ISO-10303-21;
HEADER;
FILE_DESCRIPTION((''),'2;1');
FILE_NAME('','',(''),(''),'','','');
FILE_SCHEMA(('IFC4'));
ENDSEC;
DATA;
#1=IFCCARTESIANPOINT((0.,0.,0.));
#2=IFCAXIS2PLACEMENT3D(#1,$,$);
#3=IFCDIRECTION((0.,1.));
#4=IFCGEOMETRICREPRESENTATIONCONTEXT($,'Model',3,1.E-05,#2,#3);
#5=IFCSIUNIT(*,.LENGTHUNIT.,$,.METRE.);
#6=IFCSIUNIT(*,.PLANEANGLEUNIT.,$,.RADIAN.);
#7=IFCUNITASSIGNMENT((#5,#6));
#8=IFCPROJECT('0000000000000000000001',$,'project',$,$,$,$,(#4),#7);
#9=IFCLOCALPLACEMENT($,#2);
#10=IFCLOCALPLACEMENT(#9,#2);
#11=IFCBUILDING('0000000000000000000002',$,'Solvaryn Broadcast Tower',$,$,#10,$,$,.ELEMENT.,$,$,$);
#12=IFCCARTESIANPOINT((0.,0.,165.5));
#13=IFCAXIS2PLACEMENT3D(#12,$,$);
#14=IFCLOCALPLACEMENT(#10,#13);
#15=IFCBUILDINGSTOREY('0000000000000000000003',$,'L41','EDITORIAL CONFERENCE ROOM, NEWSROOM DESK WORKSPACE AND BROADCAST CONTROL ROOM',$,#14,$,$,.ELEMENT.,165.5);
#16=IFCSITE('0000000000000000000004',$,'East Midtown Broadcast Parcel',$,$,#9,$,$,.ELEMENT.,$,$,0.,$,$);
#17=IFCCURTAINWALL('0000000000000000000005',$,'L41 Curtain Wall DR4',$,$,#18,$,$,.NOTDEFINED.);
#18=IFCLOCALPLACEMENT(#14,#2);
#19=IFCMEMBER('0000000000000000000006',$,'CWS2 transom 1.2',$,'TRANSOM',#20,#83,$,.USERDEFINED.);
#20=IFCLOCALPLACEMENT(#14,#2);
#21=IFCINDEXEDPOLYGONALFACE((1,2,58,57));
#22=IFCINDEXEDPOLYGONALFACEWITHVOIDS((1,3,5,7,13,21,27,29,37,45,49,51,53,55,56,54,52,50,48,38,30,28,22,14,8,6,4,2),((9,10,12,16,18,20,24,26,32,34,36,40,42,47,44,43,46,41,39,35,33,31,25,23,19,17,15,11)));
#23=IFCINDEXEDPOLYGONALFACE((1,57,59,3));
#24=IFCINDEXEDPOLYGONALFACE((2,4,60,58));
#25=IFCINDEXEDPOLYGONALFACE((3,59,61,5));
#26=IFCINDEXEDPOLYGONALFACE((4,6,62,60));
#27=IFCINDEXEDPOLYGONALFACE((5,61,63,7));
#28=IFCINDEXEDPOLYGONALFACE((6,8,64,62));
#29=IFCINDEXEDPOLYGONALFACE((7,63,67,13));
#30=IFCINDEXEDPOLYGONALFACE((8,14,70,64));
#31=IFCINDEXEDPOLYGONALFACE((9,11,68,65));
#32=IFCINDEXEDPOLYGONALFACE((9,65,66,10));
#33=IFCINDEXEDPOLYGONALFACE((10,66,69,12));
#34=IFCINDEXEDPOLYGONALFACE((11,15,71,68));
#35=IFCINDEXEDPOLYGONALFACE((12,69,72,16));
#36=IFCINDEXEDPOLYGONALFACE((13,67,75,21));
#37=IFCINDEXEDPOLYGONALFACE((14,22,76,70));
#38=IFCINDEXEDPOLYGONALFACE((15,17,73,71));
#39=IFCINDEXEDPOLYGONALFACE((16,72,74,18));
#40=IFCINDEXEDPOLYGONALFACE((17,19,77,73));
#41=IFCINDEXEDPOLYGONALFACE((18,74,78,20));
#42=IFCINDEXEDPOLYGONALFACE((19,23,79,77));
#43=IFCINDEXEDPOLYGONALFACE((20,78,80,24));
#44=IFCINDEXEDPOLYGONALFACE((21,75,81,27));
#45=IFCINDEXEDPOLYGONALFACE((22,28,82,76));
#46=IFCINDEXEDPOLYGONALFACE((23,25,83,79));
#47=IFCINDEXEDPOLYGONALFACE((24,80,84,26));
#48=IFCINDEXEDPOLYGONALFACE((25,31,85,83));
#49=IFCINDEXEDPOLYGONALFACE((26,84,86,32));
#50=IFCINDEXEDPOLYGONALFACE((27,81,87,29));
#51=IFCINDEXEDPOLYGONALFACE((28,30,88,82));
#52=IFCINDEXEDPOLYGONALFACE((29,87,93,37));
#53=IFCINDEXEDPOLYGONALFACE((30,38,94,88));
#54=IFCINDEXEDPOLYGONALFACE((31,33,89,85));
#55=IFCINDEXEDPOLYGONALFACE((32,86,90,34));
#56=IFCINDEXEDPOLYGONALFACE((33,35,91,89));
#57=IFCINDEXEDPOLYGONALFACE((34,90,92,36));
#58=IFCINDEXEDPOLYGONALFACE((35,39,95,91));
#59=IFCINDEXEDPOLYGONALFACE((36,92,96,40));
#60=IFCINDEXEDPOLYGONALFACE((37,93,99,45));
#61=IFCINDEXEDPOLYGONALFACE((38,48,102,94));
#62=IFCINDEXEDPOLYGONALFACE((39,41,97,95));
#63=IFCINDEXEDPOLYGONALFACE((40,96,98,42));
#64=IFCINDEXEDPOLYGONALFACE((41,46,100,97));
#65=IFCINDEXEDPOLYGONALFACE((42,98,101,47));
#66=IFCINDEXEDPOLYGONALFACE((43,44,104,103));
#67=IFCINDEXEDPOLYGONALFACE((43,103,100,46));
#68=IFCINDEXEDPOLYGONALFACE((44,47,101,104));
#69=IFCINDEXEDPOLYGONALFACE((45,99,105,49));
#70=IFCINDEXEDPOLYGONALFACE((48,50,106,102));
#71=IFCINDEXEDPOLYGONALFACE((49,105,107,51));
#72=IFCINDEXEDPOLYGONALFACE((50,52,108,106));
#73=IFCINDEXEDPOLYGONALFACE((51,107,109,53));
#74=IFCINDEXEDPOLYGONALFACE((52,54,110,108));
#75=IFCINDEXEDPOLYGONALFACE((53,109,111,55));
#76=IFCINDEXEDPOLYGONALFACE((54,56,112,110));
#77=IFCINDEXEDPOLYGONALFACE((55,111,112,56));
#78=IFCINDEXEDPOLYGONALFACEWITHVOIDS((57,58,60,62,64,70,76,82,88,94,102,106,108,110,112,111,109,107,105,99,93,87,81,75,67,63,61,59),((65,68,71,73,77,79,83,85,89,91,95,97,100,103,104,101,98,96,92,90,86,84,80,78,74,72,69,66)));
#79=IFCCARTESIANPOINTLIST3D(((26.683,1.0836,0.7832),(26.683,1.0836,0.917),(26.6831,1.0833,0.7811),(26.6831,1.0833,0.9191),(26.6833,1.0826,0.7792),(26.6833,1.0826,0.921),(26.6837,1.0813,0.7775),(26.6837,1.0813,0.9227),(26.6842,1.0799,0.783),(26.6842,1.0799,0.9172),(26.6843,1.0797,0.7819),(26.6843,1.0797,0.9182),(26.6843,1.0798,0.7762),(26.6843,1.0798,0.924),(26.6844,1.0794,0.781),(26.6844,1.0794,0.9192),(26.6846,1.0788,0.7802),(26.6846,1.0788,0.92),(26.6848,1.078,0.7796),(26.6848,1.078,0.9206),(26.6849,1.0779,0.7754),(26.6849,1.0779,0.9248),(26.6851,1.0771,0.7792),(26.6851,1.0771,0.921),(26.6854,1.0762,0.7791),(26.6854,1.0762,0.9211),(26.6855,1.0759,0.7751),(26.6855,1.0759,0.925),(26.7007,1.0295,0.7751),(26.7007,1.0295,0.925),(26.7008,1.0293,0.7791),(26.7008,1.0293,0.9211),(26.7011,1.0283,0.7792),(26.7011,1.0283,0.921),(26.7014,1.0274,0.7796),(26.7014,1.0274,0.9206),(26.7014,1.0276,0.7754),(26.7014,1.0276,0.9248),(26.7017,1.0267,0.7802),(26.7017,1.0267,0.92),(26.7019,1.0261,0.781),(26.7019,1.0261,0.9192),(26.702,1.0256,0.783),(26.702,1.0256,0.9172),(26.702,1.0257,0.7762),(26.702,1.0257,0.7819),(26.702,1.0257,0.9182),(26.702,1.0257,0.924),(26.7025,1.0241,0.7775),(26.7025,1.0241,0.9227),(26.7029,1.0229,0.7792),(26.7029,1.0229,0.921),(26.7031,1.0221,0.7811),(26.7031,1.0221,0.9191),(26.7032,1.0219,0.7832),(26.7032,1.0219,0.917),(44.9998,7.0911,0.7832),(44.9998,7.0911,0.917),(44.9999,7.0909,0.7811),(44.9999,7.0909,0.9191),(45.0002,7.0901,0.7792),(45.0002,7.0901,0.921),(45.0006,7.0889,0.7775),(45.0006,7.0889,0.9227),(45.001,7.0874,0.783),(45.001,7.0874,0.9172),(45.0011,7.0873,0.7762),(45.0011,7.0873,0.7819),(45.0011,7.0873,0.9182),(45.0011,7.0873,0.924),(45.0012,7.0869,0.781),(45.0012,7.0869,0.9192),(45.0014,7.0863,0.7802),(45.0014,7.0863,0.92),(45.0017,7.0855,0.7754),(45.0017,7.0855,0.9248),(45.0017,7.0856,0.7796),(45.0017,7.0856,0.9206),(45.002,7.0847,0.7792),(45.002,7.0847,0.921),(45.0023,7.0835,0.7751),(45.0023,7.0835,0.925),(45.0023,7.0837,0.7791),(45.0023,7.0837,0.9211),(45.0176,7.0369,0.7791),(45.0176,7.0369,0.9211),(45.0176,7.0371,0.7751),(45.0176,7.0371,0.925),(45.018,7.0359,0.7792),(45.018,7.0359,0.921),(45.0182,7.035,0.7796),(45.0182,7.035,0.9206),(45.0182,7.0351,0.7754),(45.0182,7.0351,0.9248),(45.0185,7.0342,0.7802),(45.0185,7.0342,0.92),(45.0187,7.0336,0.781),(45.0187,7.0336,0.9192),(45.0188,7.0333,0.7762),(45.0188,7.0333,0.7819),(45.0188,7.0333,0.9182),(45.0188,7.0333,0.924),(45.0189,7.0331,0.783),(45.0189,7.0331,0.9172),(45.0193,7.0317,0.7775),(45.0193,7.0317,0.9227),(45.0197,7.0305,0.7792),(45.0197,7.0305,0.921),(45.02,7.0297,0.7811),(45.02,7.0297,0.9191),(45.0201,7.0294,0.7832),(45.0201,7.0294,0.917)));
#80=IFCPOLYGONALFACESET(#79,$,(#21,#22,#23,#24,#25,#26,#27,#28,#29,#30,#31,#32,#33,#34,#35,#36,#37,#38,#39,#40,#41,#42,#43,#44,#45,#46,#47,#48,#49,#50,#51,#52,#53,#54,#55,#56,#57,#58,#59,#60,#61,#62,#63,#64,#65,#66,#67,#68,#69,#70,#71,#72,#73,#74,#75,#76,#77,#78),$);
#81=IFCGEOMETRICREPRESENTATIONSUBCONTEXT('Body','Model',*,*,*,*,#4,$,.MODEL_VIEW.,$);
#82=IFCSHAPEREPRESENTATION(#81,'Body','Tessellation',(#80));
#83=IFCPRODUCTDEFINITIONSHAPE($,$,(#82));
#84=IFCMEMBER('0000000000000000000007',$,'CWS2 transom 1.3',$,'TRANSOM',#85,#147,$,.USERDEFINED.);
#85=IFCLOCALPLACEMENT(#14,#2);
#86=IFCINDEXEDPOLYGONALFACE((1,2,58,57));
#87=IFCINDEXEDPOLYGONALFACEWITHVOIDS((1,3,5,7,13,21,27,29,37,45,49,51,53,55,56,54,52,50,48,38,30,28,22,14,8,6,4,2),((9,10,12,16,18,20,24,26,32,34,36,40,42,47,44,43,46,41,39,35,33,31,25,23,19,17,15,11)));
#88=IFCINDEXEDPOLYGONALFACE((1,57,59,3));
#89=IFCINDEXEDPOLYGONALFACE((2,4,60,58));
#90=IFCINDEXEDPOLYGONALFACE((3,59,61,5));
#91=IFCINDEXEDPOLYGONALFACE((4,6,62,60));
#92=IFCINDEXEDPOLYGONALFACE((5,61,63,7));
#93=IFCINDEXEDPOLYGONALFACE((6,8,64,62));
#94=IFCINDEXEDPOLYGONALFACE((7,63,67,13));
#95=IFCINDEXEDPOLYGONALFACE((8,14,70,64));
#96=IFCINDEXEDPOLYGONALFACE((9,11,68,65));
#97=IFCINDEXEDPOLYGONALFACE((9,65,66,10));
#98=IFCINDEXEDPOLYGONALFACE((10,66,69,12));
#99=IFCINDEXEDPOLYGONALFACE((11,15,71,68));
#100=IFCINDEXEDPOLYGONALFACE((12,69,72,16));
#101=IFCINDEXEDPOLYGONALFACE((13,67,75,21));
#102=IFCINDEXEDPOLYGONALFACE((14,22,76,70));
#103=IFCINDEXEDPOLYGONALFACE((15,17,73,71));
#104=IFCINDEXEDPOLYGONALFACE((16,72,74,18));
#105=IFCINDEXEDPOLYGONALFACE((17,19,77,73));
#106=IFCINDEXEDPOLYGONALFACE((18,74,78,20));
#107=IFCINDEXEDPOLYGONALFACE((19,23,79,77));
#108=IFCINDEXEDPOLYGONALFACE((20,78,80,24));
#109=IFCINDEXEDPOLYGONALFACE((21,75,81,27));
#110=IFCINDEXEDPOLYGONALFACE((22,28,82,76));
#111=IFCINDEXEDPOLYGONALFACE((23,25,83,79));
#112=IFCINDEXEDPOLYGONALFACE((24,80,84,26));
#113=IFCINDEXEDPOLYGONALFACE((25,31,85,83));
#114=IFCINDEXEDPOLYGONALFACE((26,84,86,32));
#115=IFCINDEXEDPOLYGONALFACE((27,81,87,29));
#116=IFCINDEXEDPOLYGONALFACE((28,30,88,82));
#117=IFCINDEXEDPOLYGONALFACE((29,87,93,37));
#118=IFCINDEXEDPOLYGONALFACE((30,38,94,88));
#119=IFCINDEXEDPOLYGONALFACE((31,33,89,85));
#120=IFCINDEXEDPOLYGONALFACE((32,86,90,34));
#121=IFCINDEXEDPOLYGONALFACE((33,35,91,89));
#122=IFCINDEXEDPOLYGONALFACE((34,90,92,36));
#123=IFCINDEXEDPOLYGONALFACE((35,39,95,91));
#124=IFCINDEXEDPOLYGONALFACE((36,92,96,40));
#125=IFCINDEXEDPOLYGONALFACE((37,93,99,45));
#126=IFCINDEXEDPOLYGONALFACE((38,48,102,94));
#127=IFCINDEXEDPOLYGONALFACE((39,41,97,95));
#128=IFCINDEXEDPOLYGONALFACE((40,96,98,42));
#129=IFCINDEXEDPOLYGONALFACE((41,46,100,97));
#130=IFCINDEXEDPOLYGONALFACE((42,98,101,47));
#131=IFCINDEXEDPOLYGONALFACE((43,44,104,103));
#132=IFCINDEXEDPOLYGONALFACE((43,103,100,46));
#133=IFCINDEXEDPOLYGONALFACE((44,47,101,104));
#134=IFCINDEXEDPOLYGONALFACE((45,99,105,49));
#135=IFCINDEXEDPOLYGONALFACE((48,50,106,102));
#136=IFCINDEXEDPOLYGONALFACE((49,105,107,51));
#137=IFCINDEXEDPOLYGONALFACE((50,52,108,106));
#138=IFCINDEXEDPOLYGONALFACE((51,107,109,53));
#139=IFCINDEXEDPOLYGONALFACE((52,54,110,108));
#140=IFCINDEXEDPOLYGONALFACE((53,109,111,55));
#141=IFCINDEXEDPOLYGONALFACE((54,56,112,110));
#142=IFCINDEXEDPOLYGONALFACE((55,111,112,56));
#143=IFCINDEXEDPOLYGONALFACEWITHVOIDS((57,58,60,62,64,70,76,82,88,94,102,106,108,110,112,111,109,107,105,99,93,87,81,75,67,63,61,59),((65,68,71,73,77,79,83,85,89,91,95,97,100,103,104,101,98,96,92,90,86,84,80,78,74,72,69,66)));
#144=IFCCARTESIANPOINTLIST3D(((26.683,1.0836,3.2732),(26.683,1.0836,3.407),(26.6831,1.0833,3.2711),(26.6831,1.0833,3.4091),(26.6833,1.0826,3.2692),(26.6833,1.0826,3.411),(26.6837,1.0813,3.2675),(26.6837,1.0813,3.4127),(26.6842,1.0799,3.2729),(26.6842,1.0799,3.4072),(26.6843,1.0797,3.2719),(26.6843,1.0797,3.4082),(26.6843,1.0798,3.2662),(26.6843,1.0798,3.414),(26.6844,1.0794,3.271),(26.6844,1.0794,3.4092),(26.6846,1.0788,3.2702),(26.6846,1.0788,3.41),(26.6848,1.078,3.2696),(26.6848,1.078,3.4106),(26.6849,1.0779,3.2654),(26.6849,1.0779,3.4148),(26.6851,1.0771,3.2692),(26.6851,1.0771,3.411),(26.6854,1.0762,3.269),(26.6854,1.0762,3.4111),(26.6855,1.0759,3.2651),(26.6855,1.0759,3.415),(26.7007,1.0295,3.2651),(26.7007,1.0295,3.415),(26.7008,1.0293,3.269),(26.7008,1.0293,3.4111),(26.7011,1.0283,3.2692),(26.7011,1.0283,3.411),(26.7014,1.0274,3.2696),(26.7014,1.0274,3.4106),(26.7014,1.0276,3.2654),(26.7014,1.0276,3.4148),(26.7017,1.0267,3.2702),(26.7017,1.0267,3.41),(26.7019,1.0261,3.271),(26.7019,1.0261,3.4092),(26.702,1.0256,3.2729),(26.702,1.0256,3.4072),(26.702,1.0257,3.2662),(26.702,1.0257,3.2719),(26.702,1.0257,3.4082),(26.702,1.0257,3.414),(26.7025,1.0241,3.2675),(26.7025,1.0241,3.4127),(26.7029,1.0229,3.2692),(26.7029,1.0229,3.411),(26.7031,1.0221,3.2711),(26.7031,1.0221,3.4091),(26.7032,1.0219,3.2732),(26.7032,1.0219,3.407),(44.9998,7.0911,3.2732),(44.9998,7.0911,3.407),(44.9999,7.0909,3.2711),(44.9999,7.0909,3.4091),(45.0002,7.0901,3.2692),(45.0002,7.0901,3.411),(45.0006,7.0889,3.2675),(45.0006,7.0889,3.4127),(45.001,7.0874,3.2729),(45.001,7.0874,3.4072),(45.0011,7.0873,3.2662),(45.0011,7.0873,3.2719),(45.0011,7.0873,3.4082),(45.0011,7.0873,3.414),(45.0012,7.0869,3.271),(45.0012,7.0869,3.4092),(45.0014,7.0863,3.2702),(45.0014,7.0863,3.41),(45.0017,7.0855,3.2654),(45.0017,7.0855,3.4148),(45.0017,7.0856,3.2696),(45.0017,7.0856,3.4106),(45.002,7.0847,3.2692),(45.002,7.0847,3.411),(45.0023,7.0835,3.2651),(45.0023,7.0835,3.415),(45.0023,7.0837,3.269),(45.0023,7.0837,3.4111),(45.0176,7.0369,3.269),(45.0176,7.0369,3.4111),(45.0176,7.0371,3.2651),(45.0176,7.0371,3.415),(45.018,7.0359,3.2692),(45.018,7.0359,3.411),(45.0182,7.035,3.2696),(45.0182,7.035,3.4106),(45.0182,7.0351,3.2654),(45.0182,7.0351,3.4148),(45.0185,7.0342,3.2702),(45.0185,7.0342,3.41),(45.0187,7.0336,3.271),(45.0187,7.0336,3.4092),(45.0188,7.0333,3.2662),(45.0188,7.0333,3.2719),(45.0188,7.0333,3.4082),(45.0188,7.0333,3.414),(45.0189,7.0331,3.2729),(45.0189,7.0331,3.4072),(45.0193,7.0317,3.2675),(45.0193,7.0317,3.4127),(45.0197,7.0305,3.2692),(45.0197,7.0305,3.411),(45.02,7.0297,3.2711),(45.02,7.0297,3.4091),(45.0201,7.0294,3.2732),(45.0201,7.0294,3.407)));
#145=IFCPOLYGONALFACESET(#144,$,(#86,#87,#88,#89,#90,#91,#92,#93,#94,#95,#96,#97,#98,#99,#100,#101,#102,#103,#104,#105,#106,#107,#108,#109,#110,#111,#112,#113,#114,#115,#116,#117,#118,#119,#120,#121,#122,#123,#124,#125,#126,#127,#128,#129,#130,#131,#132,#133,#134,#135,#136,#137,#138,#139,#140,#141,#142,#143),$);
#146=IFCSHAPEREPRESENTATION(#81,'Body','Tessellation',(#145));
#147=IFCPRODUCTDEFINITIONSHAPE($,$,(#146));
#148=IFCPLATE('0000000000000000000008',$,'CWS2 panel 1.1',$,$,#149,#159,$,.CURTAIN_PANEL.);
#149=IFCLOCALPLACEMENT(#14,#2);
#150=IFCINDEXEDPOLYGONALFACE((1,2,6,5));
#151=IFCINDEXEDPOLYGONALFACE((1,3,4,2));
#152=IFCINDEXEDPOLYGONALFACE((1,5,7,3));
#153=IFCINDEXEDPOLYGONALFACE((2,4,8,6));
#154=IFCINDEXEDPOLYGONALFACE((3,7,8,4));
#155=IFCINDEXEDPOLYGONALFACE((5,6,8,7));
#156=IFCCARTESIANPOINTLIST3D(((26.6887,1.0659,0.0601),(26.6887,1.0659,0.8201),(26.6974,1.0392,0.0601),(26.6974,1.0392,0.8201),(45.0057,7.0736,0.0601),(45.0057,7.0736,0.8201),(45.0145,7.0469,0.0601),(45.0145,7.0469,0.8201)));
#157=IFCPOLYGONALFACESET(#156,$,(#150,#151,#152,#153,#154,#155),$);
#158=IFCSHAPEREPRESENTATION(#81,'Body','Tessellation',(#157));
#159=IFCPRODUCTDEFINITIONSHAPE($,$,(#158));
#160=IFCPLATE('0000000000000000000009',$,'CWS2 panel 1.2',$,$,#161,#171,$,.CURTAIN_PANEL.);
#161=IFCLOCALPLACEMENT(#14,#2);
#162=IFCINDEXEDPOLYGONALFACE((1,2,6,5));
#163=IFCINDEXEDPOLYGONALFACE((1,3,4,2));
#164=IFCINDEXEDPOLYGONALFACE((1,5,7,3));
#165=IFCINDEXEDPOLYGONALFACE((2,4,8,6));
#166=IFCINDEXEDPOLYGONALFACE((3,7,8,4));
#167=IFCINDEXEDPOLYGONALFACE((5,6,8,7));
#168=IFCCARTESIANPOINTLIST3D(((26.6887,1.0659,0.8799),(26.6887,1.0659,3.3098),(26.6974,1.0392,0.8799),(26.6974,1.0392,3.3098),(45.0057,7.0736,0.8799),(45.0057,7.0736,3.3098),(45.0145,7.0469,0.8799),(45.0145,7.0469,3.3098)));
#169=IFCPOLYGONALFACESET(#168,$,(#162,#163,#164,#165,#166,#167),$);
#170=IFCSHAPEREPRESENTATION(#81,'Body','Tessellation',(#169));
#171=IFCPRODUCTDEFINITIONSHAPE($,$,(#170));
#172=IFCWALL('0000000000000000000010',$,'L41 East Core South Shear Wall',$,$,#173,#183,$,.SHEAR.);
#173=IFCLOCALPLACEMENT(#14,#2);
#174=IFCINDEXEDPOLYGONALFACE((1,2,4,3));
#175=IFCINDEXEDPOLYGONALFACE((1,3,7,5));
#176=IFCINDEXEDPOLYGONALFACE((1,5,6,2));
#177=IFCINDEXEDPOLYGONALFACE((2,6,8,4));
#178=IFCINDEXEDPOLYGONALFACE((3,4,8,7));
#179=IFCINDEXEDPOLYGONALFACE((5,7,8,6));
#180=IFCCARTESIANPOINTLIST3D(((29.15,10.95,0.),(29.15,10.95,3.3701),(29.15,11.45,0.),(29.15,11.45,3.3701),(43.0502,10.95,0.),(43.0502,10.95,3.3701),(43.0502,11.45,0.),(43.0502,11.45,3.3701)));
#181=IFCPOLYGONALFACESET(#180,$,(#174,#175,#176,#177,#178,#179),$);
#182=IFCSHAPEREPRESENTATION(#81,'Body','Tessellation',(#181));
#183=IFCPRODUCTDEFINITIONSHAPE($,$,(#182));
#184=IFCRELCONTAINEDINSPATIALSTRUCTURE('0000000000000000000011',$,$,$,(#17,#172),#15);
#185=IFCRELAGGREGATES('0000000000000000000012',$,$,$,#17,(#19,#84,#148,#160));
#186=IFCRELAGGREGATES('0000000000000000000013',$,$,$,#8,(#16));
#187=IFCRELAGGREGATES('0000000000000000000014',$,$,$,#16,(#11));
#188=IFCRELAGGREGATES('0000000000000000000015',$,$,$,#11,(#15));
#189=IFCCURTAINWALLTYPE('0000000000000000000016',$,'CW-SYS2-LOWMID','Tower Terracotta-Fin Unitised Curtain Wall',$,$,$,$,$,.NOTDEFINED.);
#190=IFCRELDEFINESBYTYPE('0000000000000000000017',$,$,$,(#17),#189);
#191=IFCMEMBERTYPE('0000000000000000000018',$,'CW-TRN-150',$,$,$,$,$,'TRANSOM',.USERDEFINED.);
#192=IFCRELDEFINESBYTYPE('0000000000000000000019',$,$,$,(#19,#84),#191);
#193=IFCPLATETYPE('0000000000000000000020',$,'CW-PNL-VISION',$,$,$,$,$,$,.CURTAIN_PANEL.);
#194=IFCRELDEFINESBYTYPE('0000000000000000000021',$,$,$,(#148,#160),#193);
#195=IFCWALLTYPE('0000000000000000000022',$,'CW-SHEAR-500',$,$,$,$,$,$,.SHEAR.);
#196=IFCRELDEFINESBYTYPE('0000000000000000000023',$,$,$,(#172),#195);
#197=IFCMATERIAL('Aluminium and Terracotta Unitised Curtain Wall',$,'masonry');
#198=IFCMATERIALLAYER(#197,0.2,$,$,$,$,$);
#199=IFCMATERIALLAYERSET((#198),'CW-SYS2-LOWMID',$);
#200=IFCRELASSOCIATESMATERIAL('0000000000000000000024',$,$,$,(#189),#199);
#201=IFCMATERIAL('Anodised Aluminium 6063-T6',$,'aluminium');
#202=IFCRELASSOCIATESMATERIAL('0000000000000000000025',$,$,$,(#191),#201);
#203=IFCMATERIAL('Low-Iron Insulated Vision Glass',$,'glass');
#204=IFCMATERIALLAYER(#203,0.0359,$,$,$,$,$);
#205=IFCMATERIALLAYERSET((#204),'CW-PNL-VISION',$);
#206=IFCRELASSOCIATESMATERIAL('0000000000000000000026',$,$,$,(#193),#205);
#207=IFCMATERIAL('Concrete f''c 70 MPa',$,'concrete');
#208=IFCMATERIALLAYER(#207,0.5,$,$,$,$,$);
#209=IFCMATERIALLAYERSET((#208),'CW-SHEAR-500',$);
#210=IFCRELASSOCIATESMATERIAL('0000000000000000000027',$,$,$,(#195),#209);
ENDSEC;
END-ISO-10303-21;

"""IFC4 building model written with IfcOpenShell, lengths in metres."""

from ifc_helpers import new_model, si_unit, direction, frame, frame_2d, origin, origin_2d, place, context, subcontext, project, spatial, rectangle, hollow_rectangle, extrude, material, layer, layer_set, material_profile, profile_set, type_object, element, aggregate, save


model = new_model("IFC4")

# Units and contexts
model_context = context("Model", 3, precision=1e-05, world=origin(), true_north=direction((0.0, 1.0)))
body_context = subcontext(model_context, "Body", "Model", "MODEL_VIEW")
ifc_project = project(units=[si_unit("LENGTHUNIT", "METRE"), si_unit("PLANEANGLEUNIT", "RADIAN")], contexts=[model_context])

# Site, building, storey
site_placement = place(None, origin())
site = spatial("IfcSite", under=ifc_project, at=site_placement, Name="East Midtown Broadcast Parcel", CompositionType="ELEMENT", RefElevation=0.0)
building_placement = place(site_placement, origin())
building = spatial("IfcBuilding", under=site, at=building_placement, Name="Solvaryn Broadcast Tower", CompositionType="ELEMENT")
storey_placement = place(building_placement, frame((0.0, 0.0, 165.5)))
storey = spatial("IfcBuildingStorey", under=building, at=storey_placement, Name="L41", Description="EDITORIAL CONFERENCE ROOM, NEWSROOM DESK WORKSPACE AND BROADCAST CONTROL ROOM", CompositionType="ELEMENT", Elevation=165.5)

# Shared definitions
ifc_material_1 = material(Name="Aluminium and Terracotta Unitised Curtain Wall", Category="masonry")
ifc_layer_1 = layer(ifc_material_1, 0.2)
ifc_layer_set_1 = layer_set([ifc_layer_1], Name="CW-SYS2-LOWMID")
curtain_wall_type = type_object("IfcCurtainWallType", Name="CW-SYS2-LOWMID", Description="Tower Terracotta-Fin Unitised Curtain Wall", PredefinedType="NOTDEFINED", material=ifc_layer_set_1)

# Curtain wall, members, plates
curtain_wall_1_placement = place(storey_placement, origin())
curtain_wall_1 = element("IfcCurtainWall", 1, at=curtain_wall_1_placement, inside=storey, type_object=curtain_wall_type, Name="L41 Curtain Wall DR4", PredefinedType="NOTDEFINED")
ifc_material_2 = material(Name="Anodised Aluminium 6063-T6", Category="aluminium")
ifc_material_profile_1 = material_profile(ifc_material_2, hollow_rectangle(XDim=0.0649, YDim=0.1499, WallThickness=0.0039, InnerFilletRadius=0.0039, OuterFilletRadius=0.0081, at=origin_2d()))
ifc_profile_set_1 = profile_set([ifc_material_profile_1], Name="Anodised Aluminium 6063-T6")
member_type_1 = type_object("IfcMemberType", Name="CW-TRN-150", ElementType="TRANSOM", PredefinedType="USERDEFINED", material=ifc_profile_set_1)
member_1_placement = place(storey_placement, frame((26.6931, 1.0527, 0.8501), z_axis=(0.950198, 0.311646, 0.0), x_axis=(-0.311646, 0.950198, 0.0)))
member_1 = element("IfcMember", 2, at=member_1_placement, type_object=member_type_1, Name="CWS2 transom 1.2", ObjectType="TRANSOM", PredefinedType="USERDEFINED", context=body_context, shape_type="SweptSolid", body=[
    extrude(hollow_rectangle(XDim=0.0649, YDim=0.1499, WallThickness=0.0039, InnerFilletRadius=0.0039, OuterFilletRadius=0.0081, at=origin_2d()), origin(), (0.0, 0.0, 1.0), 19.2769),
])
member_2_placement = place(storey_placement, frame((26.6931, 1.0527, 3.3401), z_axis=(0.950198, 0.311646, 0.0), x_axis=(-0.311646, 0.950198, 0.0)))
member_2 = element("IfcMember", 3, at=member_2_placement, type_object=member_type_1, Name="CWS2 transom 1.3", ObjectType="TRANSOM", PredefinedType="USERDEFINED", context=body_context, shape_type="SweptSolid", body=[
    extrude(hollow_rectangle(XDim=0.0649, YDim=0.1499, WallThickness=0.0039, InnerFilletRadius=0.0039, OuterFilletRadius=0.0081, at=origin_2d()), origin(), (0.0, 0.0, 1.0), 19.2769),
])
ifc_material_3 = material(Name="Low-Iron Insulated Vision Glass", Category="glass")
ifc_layer_2 = layer(ifc_material_3, 0.0359)
ifc_layer_set_2 = layer_set([ifc_layer_2], Name="CW-PNL-VISION")
plate_type = type_object("IfcPlateType", Name="CW-PNL-VISION", PredefinedType="CURTAIN_PANEL", material=ifc_layer_set_2)
plate_1_placement = place(storey_placement, frame((35.8516, 4.0564, 0.0601), z_axis=(0.0, 0.0, 1.0), x_axis=(0.950198, 0.311646, 0.0)))
plate_1 = element("IfcPlate", 4, at=plate_1_placement, type_object=plate_type, Name="CWS2 panel 1.1", PredefinedType="CURTAIN_PANEL", context=body_context, shape_type="SweptSolid", body=[
    extrude(rectangle(XDim=19.2771, YDim=0.0281, at=origin_2d()), origin(), (0.0, 0.0, 1.0), 0.76),
])
plate_2_placement = place(storey_placement, frame((35.8516, 4.0564, 0.8799), z_axis=(0.0, 0.0, 1.0), x_axis=(0.950198, 0.311646, 0.0)))
plate_2 = element("IfcPlate", 5, at=plate_2_placement, type_object=plate_type, Name="CWS2 panel 1.2", PredefinedType="CURTAIN_PANEL", context=body_context, shape_type="SweptSolid", body=[
    extrude(rectangle(XDim=19.2771, YDim=0.0281, at=origin_2d()), origin(), (0.0, 0.0, 1.0), 2.4299),
])
aggregate(curtain_wall_1, [member_1, member_2, plate_1, plate_2])

# Wall
ifc_material_4 = material(Name="Concrete f'c 70 MPa", Category="concrete")
ifc_layer_3 = layer(ifc_material_4, 0.5)
ifc_layer_set_3 = layer_set([ifc_layer_3], Name="CW-SHEAR-500")
wall_type_1 = type_object("IfcWallType", Name="CW-SHEAR-500", PredefinedType="SHEAR", material=ifc_layer_set_3)
wall_1_placement = place(storey_placement, frame((29.1499, 11.2, 0.0), z_axis=(0.0, 0.0, 1.0), x_axis=(1.0, 0.0, 0.0)))
element("IfcWall", 6, at=wall_1_placement, inside=storey, type_object=wall_type_1, Name="L41 East Core South Shear Wall", PredefinedType="SHEAR", context=body_context, shape_type="SweptSolid", body=[
    extrude(rectangle(XDim=13.9001, YDim=0.5, at=frame_2d((6.9502, 0.0))), origin(), (0.0, 0.0, 1.0), 3.3701),
])

save(model, "model.ifc")
